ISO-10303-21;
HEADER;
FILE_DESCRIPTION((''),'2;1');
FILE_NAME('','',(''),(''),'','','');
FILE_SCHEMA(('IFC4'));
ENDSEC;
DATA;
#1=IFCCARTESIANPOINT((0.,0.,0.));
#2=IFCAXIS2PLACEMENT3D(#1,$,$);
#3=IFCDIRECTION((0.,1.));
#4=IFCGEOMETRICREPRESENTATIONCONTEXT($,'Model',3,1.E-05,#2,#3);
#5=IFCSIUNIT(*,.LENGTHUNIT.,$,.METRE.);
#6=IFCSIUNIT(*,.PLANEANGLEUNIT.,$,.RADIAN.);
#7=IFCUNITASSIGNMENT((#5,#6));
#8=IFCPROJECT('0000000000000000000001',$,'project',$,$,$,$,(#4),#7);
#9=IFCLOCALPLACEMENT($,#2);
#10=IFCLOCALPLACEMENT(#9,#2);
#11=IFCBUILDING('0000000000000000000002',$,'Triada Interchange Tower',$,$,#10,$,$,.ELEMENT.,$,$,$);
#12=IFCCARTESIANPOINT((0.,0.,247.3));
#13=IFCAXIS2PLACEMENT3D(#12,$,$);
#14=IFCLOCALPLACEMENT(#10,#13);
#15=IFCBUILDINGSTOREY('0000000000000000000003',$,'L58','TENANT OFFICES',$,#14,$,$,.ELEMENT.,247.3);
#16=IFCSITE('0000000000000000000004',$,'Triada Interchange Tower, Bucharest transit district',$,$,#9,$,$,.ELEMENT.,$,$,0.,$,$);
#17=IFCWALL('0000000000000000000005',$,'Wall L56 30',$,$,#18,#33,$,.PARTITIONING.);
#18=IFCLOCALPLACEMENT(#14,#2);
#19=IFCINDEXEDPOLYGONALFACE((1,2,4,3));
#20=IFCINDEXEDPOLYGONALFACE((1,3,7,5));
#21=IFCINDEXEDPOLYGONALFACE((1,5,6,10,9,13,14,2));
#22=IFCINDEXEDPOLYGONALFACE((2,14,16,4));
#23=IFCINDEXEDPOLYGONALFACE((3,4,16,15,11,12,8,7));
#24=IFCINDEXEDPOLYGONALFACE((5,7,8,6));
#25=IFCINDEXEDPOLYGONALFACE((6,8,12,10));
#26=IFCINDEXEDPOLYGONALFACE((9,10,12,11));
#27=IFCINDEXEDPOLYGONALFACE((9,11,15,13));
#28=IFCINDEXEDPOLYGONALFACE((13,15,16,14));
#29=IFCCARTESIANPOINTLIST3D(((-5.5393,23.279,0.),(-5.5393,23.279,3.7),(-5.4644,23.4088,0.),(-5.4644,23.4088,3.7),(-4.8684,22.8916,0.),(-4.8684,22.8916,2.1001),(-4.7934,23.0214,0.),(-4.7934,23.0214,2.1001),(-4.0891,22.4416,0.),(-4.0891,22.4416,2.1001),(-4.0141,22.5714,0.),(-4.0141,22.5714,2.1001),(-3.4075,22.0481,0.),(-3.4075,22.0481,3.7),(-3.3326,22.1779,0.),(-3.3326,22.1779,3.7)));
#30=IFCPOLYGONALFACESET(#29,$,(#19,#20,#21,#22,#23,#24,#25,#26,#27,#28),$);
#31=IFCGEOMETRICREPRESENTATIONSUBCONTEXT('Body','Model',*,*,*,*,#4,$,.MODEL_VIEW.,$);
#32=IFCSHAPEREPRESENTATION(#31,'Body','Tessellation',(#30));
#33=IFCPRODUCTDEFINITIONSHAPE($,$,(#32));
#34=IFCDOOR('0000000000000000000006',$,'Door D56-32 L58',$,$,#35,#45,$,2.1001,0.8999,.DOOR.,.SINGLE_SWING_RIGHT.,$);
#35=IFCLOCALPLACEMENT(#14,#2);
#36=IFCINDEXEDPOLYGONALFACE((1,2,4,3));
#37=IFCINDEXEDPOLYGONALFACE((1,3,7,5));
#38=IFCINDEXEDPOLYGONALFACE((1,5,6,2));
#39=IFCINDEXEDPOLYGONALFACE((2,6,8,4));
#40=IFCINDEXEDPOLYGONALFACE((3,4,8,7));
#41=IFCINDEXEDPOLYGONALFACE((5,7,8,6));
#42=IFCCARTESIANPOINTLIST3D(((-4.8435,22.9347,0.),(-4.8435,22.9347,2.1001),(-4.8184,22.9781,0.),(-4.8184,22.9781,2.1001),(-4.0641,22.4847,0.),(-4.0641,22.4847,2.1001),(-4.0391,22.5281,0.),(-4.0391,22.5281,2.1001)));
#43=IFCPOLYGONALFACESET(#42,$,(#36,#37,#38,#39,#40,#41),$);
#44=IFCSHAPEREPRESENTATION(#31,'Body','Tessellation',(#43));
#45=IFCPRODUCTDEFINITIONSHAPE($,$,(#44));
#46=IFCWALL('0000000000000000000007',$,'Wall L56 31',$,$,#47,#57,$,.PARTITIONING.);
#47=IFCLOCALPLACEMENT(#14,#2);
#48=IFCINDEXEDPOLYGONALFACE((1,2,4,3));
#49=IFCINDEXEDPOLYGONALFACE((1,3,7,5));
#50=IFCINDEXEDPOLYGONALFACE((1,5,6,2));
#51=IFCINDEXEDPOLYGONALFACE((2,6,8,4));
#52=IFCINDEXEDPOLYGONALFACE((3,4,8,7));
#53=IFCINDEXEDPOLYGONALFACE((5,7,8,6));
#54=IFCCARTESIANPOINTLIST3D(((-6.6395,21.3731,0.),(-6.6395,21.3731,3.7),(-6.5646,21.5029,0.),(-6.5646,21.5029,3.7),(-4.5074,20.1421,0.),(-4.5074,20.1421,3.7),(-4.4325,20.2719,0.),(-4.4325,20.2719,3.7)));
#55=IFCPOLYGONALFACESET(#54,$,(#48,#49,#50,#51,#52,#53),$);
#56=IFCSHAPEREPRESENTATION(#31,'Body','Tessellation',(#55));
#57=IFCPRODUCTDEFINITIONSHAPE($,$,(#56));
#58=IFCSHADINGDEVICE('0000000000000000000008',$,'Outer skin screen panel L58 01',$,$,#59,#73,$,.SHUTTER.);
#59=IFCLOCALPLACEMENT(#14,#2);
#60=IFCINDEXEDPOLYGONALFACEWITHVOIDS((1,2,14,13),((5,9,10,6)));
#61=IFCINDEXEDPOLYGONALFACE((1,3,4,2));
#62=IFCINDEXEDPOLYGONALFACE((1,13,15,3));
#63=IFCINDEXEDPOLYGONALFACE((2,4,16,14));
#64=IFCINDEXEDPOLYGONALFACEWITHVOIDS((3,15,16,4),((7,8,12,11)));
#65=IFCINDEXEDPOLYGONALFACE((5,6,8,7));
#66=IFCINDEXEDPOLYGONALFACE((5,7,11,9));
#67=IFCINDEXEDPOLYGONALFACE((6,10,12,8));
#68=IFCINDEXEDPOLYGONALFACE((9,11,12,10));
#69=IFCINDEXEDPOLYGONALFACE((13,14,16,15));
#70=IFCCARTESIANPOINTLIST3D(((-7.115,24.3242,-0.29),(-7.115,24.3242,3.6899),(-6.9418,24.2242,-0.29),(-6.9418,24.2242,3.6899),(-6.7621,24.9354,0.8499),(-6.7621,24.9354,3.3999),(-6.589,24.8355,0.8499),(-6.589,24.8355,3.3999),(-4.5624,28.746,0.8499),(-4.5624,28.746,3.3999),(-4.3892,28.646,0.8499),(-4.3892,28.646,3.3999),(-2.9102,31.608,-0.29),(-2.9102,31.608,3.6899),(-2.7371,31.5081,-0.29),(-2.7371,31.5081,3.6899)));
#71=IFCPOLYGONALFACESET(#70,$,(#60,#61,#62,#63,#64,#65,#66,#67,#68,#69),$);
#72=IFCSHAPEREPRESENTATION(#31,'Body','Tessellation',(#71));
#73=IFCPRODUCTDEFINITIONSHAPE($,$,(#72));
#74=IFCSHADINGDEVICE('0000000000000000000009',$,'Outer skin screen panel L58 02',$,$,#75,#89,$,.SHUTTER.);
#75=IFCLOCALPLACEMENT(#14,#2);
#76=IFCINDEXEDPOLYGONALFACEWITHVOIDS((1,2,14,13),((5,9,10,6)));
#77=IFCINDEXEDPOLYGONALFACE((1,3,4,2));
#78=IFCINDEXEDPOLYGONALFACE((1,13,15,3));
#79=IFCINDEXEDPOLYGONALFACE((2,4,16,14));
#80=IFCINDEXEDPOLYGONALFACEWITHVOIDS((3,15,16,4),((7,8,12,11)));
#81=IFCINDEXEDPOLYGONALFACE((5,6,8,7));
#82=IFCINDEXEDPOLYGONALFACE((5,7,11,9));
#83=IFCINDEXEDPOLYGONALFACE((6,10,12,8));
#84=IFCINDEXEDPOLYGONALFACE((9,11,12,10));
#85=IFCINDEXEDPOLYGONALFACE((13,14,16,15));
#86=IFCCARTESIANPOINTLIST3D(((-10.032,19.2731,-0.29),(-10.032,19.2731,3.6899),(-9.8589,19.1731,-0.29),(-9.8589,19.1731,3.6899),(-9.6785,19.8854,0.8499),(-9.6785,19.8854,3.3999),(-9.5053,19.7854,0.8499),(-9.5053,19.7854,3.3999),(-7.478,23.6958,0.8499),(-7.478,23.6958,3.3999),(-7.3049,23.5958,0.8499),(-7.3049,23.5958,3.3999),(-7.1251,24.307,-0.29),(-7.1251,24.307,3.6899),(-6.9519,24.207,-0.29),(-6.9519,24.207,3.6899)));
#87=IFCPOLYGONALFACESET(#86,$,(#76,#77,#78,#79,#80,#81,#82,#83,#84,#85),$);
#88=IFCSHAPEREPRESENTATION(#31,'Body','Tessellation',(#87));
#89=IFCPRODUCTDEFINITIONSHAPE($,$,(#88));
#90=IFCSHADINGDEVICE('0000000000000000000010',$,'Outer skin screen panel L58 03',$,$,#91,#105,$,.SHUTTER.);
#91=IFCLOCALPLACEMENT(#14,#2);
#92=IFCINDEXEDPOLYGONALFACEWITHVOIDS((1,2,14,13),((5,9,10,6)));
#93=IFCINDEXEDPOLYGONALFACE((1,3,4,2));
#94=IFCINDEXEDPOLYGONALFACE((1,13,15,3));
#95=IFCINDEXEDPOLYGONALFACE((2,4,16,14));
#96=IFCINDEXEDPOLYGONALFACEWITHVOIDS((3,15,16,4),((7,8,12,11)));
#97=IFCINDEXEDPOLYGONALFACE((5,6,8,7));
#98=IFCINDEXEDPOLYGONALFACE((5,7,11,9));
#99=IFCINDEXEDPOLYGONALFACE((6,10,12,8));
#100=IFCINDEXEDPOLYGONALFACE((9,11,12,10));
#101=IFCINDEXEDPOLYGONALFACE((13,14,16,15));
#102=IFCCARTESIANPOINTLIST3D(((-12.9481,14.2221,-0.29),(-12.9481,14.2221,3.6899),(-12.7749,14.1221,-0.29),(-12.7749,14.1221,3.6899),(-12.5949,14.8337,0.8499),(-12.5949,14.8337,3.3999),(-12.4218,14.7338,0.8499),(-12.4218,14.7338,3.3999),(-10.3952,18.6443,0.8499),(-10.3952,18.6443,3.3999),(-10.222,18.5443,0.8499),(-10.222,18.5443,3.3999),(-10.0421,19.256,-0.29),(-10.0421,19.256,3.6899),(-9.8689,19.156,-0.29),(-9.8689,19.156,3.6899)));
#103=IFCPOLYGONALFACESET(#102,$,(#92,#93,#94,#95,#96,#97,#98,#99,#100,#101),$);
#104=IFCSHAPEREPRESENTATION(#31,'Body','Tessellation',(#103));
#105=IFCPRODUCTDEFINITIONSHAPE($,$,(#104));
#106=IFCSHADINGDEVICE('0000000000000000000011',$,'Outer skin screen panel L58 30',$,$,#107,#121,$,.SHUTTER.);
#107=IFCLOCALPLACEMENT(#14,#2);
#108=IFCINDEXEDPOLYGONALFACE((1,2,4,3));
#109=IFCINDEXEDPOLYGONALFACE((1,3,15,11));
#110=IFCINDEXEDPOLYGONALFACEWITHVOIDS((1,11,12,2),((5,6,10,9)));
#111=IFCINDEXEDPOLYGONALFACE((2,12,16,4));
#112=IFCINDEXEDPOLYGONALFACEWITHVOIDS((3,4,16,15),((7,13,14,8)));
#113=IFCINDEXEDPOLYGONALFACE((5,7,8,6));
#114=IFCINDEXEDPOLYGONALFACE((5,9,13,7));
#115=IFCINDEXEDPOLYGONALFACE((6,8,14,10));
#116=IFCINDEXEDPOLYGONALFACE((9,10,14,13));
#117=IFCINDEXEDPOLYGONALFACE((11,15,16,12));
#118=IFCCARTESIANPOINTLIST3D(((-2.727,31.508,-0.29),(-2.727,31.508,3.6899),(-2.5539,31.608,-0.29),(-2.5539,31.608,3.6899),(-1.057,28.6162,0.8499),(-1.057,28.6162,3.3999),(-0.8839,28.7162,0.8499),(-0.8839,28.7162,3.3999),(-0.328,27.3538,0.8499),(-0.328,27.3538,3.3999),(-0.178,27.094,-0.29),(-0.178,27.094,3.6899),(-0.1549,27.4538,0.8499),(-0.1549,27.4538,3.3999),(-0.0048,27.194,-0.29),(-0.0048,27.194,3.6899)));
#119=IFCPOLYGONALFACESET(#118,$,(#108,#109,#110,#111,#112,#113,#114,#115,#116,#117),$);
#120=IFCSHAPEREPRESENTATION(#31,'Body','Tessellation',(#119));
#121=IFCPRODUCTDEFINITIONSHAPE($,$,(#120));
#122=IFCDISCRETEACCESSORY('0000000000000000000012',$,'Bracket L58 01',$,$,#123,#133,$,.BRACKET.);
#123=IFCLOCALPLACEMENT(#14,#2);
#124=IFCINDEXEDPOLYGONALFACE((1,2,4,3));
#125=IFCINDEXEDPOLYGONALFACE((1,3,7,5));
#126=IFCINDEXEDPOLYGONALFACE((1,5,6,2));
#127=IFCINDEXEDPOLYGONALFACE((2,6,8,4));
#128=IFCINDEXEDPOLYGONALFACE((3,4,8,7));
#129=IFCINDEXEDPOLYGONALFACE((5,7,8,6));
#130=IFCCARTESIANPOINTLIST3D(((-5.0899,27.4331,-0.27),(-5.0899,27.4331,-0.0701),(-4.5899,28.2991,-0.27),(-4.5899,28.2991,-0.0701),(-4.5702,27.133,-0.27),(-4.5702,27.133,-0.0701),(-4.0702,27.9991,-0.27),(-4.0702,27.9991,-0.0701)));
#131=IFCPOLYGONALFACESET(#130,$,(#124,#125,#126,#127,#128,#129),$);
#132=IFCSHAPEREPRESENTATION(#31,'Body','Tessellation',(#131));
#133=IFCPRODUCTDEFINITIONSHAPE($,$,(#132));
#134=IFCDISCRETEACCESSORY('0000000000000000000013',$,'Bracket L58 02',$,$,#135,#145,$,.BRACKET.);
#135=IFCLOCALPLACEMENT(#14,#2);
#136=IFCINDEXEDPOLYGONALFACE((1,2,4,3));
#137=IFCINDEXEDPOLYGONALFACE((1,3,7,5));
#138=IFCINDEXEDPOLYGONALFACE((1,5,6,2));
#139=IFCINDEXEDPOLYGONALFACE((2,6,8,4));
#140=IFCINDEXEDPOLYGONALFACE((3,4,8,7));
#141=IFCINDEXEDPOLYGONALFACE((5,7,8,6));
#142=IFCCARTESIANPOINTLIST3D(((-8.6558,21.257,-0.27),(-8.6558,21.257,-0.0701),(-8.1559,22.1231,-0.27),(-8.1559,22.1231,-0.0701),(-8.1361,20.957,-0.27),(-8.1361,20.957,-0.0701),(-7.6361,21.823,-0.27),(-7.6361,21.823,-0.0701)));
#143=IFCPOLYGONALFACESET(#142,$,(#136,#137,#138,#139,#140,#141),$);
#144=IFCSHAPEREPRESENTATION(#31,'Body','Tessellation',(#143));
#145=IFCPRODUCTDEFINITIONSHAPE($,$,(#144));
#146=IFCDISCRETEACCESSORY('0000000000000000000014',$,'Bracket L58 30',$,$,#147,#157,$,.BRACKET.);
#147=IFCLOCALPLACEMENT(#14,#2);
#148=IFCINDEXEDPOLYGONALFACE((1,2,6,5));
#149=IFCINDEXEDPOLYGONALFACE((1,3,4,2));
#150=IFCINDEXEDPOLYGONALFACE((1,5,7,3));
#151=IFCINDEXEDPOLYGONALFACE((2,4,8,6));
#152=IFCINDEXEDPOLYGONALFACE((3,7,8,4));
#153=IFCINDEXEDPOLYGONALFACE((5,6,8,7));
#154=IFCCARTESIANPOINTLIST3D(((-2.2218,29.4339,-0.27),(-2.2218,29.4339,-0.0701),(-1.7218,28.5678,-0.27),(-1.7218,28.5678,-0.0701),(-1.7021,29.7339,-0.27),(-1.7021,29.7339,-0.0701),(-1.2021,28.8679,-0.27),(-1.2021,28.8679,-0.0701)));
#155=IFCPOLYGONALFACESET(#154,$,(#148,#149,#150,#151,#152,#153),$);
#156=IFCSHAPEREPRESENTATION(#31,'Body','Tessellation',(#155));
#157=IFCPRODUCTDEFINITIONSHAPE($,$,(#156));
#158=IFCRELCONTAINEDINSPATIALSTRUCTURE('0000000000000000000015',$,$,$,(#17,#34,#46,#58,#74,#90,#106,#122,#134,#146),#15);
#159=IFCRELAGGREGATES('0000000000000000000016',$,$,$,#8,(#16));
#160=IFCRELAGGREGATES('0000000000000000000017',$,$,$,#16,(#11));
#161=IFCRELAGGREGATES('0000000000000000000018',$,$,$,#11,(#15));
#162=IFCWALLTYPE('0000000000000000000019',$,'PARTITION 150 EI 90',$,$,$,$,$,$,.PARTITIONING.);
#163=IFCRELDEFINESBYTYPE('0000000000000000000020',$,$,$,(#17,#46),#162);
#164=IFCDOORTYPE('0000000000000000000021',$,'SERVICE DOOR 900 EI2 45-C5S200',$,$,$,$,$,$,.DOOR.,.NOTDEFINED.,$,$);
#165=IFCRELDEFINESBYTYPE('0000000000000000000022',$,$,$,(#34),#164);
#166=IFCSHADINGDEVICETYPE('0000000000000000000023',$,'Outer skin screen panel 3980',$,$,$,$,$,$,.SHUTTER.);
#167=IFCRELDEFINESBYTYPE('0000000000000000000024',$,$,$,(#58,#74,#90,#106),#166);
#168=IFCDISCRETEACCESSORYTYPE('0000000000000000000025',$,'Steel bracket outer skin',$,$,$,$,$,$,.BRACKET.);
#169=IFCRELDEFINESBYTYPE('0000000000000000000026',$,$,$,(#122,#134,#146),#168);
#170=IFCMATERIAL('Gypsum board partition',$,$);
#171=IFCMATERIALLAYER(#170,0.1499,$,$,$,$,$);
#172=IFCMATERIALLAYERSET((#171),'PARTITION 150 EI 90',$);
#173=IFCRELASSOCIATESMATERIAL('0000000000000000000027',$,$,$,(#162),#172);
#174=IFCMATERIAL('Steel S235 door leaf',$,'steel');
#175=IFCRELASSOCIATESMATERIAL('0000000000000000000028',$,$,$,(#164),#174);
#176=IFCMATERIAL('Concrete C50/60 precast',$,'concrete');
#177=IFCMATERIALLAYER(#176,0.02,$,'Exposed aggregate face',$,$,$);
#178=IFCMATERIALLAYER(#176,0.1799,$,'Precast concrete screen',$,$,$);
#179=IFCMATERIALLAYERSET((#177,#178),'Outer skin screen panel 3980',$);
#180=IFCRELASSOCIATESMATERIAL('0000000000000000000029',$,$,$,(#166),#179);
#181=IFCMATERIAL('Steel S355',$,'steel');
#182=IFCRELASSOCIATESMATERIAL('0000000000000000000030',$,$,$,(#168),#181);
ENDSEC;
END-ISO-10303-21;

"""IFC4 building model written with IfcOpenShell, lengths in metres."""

from ifc_helpers import new_model, si_unit, direction, frame, frame_2d, origin, origin_2d, place, context, subcontext, project, spatial, polyline, rectangle, outline, extrude, material, layer, layer_set, type_object, element, fill, save


model = new_model("IFC4")

# Units and contexts
model_context = context("Model", 3, precision=1e-05, world=origin(), true_north=direction((0.0, 1.0)))
body_context = subcontext(model_context, "Body", "Model", "MODEL_VIEW")
ifc_project = project(units=[si_unit("LENGTHUNIT", "METRE"), si_unit("PLANEANGLEUNIT", "RADIAN")], contexts=[model_context])

# Site, building, storey
site_placement = place(None, origin())
site = spatial("IfcSite", under=ifc_project, at=site_placement, Name="Triada Interchange Tower, Bucharest transit district", CompositionType="ELEMENT", RefElevation=0.0)
building_placement = place(site_placement, origin())
building = spatial("IfcBuilding", under=site, at=building_placement, Name="Triada Interchange Tower", CompositionType="ELEMENT")
storey_placement = place(building_placement, frame((0.0, 0.0, 247.3)))
storey = spatial("IfcBuildingStorey", under=building, at=storey_placement, Name="L58", Description="TENANT OFFICES", CompositionType="ELEMENT", Elevation=247.3)

# Wall, opening, door
ifc_material_1 = material(Name="Gypsum board partition")
ifc_layer_1 = layer(ifc_material_1, 0.1499)
ifc_layer_set_1 = layer_set([ifc_layer_1], Name="PARTITION 150 EI 90")
wall_type_1 = type_object("IfcWallType", Name="PARTITION 150 EI 90", PredefinedType="PARTITIONING", material=ifc_layer_set_1)
wall_1_placement = place(storey_placement, frame((-5.502, 23.344, 0.0), z_axis=(0.0, 0.0, 1.0), x_axis=(0.866001, -0.500043, 0.0)))
wall_1 = element("IfcWall", 1, at=wall_1_placement, inside=storey, type_object=wall_type_1, Name="Wall L56 30", PredefinedType="PARTITIONING", context=body_context, shape_type="SweptSolid", body=[
    extrude(rectangle(XDim=2.4617, YDim=0.1499, at=frame_2d((1.231, 0.0))), origin(), (0.0, 0.0, 1.0), 3.7),
])
opening_1_placement = place(wall_1_placement, frame((0.7749, 0.0, 0.0)))
opening_1 = element("IfcOpeningElement", 2, at=opening_1_placement, cuts=wall_1, PredefinedType="OPENING", context=body_context, shape_type="SweptSolid", body=[
    extrude(rectangle(XDim=0.8999, YDim=2.1001, at=frame_2d((0.45, 1.05))), frame((0.0, 0.085, 0.0), z_axis=(0.0, -1.0, 0.0), x_axis=(1.0, 0.0, 0.0)), (0.0, 0.0, 1.0), 0.1699),
])
ifc_material_2 = material(Name="Steel S235 door leaf", Category="steel")
door_type = type_object("IfcDoorType", Name="SERVICE DOOR 900 EI2 45-C5S200", OperationType="NOTDEFINED", PredefinedType="DOOR", material=ifc_material_2)
door_placement = place(opening_1_placement, origin())
door = element("IfcDoor", 3, at=door_placement, inside=storey, type_object=door_type, Name="Door D56-32 L58", OperationType="SINGLE_SWING_RIGHT", OverallHeight=2.1001, OverallWidth=0.8999, PredefinedType="DOOR", context=body_context, shape_type="SweptSolid", body=[
    extrude(rectangle(XDim=0.8999, YDim=2.1001, at=frame_2d((0.45, 1.05))), frame((0.0, 0.0249, 0.0), z_axis=(0.0, -1.0, 0.0), x_axis=(1.0, 0.0, 0.0)), (0.0, 0.0, 1.0), 0.05),
])
fill(opening_1, door)

# Wall
wall_2_placement = place(storey_placement, frame((-6.6021, 21.438, 0.0), z_axis=(0.0, 0.0, 1.0), x_axis=(0.866025, -0.5, 0.0)))
element("IfcWall", 4, at=wall_2_placement, inside=storey, type_object=wall_type_1, Name="Wall L56 31", PredefinedType="PARTITIONING", context=body_context, shape_type="SweptSolid", body=[
    extrude(rectangle(XDim=2.4619, YDim=0.1499, at=frame_2d((1.231, 0.0))), origin(), (0.0, 0.0, 1.0), 3.7),
])

# Shading devices
ifc_material_3 = material(Name="Concrete C50/60 precast", Category="concrete")
ifc_layer_2 = layer(ifc_material_3, 0.02, Name="Exposed aggregate face")
ifc_layer_3 = layer(ifc_material_3, 0.1799, Name="Precast concrete screen")
ifc_layer_set_2 = layer_set([ifc_layer_2, ifc_layer_3], Name="Outer skin screen panel 3980")
shading_device_type = type_object("IfcShadingDeviceType", Name="Outer skin screen panel 3980", PredefinedType="SHUTTER", material=ifc_layer_set_2)
shading_device_1_placement = place(storey_placement, frame((-2.7371, 31.5081, -0.29), z_axis=(0.0, 0.0, 1.0), x_axis=(-0.499951, -0.866054, 0.0)))
element("IfcShadingDevice", 5, at=shading_device_1_placement, inside=storey, type_object=shading_device_type, Name="Outer skin screen panel L58 01", PredefinedType="SHUTTER", context=body_context, shape_type="SweptSolid", body=[
    extrude(outline(polyline([(0.0, 0.0), (8.4104, 0.0), (8.4104, 3.98), (0.0, 3.98), (0.0, 0.0)]), holes=[polyline([(3.3047, 1.1399), (3.3047, 3.6899), (7.7046, 3.6899), (7.7046, 1.1399), (3.3047, 1.1399)])]), frame((0.0, 0.0, 0.0), z_axis=(0.0, -1.0, 0.0), x_axis=(1.0, 0.0, 0.0)), (0.0, 0.0, 1.0), 0.2),
])
shading_device_2_placement = place(storey_placement, frame((-6.9519, 24.207, -0.29), z_axis=(0.0, 0.0, 1.0), x_axis=(-0.500082, -0.865978, 0.0)))
element("IfcShadingDevice", 6, at=shading_device_2_placement, inside=storey, type_object=shading_device_type, Name="Outer skin screen panel L58 02", PredefinedType="SHUTTER", context=body_context, shape_type="SweptSolid", body=[
    extrude(outline(polyline([(0.0, 0.0), (5.813, 0.0), (5.813, 3.98), (0.0, 3.98), (0.0, 0.0)]), holes=[polyline([(0.7058, 1.1399), (0.7058, 3.6899), (5.106, 3.6899), (5.106, 1.1399), (0.7058, 1.1399)])]), frame((0.0, 0.0, 0.0), z_axis=(0.0, -1.0, 0.0), x_axis=(1.0, 0.0, 0.0)), (0.0, 0.0, 1.0), 0.2),
])
shading_device_3_placement = place(storey_placement, frame((-9.8689, 19.156, -0.29), z_axis=(0.0, 0.0, 1.0), x_axis=(-0.499956, -0.866051, 0.0)))
element("IfcShadingDevice", 7, at=shading_device_3_placement, inside=storey, type_object=shading_device_type, Name="Outer skin screen panel L58 03", PredefinedType="SHUTTER", context=body_context, shape_type="SweptSolid", body=[
    extrude(outline(polyline([(0.0, 0.0), (5.8125, 0.0), (5.8125, 3.98), (0.0, 3.98), (0.0, 0.0)]), holes=[polyline([(0.7063, 1.1399), (0.7063, 3.6899), (5.1062, 3.6899), (5.1062, 1.1399), (0.7063, 1.1399)])]), frame((0.0, 0.0, 0.0), z_axis=(0.0, -1.0, 0.0), x_axis=(1.0, 0.0, 0.0)), (0.0, 0.0, 1.0), 0.2),
])
shading_device_4_placement = place(storey_placement, frame((-0.178, 27.094, -0.29), z_axis=(0.0, 0.0, 1.0), x_axis=(-0.50009, 0.865973, 0.0)))
element("IfcShadingDevice", 8, at=shading_device_4_placement, inside=storey, type_object=shading_device_type, Name="Outer skin screen panel L58 30", PredefinedType="SHUTTER", context=body_context, shape_type="SweptSolid", body=[
    extrude(outline(polyline([(0.0, 0.0), (5.0972, 0.0), (5.0972, 3.98), (0.0, 3.98), (0.0, 0.0)]), holes=[polyline([(0.3, 1.1399), (0.3, 3.6899), (1.7578, 3.6899), (1.7578, 1.1399), (0.3, 1.1399)])]), frame((0.0, 0.0, 0.0), z_axis=(0.0, -1.0, 0.0), x_axis=(1.0, 0.0, 0.0)), (0.0, 0.0, 1.0), 0.2),
])

# Discrete accessories
ifc_material_4 = material(Name="Steel S355", Category="steel")
discrete_accessory_type = type_object("IfcDiscreteAccessoryType", Name="Steel bracket outer skin", PredefinedType="BRACKET", material=ifc_material_4)
for number, where, z_axis, x_axis, name in (
    (9, (-4.5801, 27.7161, -0.27), (0.0, 0.0, 1.0), (-0.86603, 0.499991, 0.0), "Bracket L58 01"),
    (10, (-8.146, 21.54, -0.27), (0.0, 0.0, 1.0), (-0.86603, 0.499991, 0.0), "Bracket L58 02"),
    (11, (-1.7119, 29.1509, -0.27), (0.0, 0.0, 1.0), (0.866027, 0.499997, 0.0), "Bracket L58 30"),
):
    element("IfcDiscreteAccessory", number, at=place(storey_placement, frame(where, z_axis=z_axis, x_axis=x_axis)), inside=storey, type_object=discrete_accessory_type, Name=name, PredefinedType="BRACKET", context=body_context, shape_type="SweptSolid", body=[
        extrude(rectangle(XDim=0.6001, YDim=1.0, at=origin_2d()), origin(), (0.0, 0.0, 1.0), 0.2),
    ])

save(model, "model.ifc")
